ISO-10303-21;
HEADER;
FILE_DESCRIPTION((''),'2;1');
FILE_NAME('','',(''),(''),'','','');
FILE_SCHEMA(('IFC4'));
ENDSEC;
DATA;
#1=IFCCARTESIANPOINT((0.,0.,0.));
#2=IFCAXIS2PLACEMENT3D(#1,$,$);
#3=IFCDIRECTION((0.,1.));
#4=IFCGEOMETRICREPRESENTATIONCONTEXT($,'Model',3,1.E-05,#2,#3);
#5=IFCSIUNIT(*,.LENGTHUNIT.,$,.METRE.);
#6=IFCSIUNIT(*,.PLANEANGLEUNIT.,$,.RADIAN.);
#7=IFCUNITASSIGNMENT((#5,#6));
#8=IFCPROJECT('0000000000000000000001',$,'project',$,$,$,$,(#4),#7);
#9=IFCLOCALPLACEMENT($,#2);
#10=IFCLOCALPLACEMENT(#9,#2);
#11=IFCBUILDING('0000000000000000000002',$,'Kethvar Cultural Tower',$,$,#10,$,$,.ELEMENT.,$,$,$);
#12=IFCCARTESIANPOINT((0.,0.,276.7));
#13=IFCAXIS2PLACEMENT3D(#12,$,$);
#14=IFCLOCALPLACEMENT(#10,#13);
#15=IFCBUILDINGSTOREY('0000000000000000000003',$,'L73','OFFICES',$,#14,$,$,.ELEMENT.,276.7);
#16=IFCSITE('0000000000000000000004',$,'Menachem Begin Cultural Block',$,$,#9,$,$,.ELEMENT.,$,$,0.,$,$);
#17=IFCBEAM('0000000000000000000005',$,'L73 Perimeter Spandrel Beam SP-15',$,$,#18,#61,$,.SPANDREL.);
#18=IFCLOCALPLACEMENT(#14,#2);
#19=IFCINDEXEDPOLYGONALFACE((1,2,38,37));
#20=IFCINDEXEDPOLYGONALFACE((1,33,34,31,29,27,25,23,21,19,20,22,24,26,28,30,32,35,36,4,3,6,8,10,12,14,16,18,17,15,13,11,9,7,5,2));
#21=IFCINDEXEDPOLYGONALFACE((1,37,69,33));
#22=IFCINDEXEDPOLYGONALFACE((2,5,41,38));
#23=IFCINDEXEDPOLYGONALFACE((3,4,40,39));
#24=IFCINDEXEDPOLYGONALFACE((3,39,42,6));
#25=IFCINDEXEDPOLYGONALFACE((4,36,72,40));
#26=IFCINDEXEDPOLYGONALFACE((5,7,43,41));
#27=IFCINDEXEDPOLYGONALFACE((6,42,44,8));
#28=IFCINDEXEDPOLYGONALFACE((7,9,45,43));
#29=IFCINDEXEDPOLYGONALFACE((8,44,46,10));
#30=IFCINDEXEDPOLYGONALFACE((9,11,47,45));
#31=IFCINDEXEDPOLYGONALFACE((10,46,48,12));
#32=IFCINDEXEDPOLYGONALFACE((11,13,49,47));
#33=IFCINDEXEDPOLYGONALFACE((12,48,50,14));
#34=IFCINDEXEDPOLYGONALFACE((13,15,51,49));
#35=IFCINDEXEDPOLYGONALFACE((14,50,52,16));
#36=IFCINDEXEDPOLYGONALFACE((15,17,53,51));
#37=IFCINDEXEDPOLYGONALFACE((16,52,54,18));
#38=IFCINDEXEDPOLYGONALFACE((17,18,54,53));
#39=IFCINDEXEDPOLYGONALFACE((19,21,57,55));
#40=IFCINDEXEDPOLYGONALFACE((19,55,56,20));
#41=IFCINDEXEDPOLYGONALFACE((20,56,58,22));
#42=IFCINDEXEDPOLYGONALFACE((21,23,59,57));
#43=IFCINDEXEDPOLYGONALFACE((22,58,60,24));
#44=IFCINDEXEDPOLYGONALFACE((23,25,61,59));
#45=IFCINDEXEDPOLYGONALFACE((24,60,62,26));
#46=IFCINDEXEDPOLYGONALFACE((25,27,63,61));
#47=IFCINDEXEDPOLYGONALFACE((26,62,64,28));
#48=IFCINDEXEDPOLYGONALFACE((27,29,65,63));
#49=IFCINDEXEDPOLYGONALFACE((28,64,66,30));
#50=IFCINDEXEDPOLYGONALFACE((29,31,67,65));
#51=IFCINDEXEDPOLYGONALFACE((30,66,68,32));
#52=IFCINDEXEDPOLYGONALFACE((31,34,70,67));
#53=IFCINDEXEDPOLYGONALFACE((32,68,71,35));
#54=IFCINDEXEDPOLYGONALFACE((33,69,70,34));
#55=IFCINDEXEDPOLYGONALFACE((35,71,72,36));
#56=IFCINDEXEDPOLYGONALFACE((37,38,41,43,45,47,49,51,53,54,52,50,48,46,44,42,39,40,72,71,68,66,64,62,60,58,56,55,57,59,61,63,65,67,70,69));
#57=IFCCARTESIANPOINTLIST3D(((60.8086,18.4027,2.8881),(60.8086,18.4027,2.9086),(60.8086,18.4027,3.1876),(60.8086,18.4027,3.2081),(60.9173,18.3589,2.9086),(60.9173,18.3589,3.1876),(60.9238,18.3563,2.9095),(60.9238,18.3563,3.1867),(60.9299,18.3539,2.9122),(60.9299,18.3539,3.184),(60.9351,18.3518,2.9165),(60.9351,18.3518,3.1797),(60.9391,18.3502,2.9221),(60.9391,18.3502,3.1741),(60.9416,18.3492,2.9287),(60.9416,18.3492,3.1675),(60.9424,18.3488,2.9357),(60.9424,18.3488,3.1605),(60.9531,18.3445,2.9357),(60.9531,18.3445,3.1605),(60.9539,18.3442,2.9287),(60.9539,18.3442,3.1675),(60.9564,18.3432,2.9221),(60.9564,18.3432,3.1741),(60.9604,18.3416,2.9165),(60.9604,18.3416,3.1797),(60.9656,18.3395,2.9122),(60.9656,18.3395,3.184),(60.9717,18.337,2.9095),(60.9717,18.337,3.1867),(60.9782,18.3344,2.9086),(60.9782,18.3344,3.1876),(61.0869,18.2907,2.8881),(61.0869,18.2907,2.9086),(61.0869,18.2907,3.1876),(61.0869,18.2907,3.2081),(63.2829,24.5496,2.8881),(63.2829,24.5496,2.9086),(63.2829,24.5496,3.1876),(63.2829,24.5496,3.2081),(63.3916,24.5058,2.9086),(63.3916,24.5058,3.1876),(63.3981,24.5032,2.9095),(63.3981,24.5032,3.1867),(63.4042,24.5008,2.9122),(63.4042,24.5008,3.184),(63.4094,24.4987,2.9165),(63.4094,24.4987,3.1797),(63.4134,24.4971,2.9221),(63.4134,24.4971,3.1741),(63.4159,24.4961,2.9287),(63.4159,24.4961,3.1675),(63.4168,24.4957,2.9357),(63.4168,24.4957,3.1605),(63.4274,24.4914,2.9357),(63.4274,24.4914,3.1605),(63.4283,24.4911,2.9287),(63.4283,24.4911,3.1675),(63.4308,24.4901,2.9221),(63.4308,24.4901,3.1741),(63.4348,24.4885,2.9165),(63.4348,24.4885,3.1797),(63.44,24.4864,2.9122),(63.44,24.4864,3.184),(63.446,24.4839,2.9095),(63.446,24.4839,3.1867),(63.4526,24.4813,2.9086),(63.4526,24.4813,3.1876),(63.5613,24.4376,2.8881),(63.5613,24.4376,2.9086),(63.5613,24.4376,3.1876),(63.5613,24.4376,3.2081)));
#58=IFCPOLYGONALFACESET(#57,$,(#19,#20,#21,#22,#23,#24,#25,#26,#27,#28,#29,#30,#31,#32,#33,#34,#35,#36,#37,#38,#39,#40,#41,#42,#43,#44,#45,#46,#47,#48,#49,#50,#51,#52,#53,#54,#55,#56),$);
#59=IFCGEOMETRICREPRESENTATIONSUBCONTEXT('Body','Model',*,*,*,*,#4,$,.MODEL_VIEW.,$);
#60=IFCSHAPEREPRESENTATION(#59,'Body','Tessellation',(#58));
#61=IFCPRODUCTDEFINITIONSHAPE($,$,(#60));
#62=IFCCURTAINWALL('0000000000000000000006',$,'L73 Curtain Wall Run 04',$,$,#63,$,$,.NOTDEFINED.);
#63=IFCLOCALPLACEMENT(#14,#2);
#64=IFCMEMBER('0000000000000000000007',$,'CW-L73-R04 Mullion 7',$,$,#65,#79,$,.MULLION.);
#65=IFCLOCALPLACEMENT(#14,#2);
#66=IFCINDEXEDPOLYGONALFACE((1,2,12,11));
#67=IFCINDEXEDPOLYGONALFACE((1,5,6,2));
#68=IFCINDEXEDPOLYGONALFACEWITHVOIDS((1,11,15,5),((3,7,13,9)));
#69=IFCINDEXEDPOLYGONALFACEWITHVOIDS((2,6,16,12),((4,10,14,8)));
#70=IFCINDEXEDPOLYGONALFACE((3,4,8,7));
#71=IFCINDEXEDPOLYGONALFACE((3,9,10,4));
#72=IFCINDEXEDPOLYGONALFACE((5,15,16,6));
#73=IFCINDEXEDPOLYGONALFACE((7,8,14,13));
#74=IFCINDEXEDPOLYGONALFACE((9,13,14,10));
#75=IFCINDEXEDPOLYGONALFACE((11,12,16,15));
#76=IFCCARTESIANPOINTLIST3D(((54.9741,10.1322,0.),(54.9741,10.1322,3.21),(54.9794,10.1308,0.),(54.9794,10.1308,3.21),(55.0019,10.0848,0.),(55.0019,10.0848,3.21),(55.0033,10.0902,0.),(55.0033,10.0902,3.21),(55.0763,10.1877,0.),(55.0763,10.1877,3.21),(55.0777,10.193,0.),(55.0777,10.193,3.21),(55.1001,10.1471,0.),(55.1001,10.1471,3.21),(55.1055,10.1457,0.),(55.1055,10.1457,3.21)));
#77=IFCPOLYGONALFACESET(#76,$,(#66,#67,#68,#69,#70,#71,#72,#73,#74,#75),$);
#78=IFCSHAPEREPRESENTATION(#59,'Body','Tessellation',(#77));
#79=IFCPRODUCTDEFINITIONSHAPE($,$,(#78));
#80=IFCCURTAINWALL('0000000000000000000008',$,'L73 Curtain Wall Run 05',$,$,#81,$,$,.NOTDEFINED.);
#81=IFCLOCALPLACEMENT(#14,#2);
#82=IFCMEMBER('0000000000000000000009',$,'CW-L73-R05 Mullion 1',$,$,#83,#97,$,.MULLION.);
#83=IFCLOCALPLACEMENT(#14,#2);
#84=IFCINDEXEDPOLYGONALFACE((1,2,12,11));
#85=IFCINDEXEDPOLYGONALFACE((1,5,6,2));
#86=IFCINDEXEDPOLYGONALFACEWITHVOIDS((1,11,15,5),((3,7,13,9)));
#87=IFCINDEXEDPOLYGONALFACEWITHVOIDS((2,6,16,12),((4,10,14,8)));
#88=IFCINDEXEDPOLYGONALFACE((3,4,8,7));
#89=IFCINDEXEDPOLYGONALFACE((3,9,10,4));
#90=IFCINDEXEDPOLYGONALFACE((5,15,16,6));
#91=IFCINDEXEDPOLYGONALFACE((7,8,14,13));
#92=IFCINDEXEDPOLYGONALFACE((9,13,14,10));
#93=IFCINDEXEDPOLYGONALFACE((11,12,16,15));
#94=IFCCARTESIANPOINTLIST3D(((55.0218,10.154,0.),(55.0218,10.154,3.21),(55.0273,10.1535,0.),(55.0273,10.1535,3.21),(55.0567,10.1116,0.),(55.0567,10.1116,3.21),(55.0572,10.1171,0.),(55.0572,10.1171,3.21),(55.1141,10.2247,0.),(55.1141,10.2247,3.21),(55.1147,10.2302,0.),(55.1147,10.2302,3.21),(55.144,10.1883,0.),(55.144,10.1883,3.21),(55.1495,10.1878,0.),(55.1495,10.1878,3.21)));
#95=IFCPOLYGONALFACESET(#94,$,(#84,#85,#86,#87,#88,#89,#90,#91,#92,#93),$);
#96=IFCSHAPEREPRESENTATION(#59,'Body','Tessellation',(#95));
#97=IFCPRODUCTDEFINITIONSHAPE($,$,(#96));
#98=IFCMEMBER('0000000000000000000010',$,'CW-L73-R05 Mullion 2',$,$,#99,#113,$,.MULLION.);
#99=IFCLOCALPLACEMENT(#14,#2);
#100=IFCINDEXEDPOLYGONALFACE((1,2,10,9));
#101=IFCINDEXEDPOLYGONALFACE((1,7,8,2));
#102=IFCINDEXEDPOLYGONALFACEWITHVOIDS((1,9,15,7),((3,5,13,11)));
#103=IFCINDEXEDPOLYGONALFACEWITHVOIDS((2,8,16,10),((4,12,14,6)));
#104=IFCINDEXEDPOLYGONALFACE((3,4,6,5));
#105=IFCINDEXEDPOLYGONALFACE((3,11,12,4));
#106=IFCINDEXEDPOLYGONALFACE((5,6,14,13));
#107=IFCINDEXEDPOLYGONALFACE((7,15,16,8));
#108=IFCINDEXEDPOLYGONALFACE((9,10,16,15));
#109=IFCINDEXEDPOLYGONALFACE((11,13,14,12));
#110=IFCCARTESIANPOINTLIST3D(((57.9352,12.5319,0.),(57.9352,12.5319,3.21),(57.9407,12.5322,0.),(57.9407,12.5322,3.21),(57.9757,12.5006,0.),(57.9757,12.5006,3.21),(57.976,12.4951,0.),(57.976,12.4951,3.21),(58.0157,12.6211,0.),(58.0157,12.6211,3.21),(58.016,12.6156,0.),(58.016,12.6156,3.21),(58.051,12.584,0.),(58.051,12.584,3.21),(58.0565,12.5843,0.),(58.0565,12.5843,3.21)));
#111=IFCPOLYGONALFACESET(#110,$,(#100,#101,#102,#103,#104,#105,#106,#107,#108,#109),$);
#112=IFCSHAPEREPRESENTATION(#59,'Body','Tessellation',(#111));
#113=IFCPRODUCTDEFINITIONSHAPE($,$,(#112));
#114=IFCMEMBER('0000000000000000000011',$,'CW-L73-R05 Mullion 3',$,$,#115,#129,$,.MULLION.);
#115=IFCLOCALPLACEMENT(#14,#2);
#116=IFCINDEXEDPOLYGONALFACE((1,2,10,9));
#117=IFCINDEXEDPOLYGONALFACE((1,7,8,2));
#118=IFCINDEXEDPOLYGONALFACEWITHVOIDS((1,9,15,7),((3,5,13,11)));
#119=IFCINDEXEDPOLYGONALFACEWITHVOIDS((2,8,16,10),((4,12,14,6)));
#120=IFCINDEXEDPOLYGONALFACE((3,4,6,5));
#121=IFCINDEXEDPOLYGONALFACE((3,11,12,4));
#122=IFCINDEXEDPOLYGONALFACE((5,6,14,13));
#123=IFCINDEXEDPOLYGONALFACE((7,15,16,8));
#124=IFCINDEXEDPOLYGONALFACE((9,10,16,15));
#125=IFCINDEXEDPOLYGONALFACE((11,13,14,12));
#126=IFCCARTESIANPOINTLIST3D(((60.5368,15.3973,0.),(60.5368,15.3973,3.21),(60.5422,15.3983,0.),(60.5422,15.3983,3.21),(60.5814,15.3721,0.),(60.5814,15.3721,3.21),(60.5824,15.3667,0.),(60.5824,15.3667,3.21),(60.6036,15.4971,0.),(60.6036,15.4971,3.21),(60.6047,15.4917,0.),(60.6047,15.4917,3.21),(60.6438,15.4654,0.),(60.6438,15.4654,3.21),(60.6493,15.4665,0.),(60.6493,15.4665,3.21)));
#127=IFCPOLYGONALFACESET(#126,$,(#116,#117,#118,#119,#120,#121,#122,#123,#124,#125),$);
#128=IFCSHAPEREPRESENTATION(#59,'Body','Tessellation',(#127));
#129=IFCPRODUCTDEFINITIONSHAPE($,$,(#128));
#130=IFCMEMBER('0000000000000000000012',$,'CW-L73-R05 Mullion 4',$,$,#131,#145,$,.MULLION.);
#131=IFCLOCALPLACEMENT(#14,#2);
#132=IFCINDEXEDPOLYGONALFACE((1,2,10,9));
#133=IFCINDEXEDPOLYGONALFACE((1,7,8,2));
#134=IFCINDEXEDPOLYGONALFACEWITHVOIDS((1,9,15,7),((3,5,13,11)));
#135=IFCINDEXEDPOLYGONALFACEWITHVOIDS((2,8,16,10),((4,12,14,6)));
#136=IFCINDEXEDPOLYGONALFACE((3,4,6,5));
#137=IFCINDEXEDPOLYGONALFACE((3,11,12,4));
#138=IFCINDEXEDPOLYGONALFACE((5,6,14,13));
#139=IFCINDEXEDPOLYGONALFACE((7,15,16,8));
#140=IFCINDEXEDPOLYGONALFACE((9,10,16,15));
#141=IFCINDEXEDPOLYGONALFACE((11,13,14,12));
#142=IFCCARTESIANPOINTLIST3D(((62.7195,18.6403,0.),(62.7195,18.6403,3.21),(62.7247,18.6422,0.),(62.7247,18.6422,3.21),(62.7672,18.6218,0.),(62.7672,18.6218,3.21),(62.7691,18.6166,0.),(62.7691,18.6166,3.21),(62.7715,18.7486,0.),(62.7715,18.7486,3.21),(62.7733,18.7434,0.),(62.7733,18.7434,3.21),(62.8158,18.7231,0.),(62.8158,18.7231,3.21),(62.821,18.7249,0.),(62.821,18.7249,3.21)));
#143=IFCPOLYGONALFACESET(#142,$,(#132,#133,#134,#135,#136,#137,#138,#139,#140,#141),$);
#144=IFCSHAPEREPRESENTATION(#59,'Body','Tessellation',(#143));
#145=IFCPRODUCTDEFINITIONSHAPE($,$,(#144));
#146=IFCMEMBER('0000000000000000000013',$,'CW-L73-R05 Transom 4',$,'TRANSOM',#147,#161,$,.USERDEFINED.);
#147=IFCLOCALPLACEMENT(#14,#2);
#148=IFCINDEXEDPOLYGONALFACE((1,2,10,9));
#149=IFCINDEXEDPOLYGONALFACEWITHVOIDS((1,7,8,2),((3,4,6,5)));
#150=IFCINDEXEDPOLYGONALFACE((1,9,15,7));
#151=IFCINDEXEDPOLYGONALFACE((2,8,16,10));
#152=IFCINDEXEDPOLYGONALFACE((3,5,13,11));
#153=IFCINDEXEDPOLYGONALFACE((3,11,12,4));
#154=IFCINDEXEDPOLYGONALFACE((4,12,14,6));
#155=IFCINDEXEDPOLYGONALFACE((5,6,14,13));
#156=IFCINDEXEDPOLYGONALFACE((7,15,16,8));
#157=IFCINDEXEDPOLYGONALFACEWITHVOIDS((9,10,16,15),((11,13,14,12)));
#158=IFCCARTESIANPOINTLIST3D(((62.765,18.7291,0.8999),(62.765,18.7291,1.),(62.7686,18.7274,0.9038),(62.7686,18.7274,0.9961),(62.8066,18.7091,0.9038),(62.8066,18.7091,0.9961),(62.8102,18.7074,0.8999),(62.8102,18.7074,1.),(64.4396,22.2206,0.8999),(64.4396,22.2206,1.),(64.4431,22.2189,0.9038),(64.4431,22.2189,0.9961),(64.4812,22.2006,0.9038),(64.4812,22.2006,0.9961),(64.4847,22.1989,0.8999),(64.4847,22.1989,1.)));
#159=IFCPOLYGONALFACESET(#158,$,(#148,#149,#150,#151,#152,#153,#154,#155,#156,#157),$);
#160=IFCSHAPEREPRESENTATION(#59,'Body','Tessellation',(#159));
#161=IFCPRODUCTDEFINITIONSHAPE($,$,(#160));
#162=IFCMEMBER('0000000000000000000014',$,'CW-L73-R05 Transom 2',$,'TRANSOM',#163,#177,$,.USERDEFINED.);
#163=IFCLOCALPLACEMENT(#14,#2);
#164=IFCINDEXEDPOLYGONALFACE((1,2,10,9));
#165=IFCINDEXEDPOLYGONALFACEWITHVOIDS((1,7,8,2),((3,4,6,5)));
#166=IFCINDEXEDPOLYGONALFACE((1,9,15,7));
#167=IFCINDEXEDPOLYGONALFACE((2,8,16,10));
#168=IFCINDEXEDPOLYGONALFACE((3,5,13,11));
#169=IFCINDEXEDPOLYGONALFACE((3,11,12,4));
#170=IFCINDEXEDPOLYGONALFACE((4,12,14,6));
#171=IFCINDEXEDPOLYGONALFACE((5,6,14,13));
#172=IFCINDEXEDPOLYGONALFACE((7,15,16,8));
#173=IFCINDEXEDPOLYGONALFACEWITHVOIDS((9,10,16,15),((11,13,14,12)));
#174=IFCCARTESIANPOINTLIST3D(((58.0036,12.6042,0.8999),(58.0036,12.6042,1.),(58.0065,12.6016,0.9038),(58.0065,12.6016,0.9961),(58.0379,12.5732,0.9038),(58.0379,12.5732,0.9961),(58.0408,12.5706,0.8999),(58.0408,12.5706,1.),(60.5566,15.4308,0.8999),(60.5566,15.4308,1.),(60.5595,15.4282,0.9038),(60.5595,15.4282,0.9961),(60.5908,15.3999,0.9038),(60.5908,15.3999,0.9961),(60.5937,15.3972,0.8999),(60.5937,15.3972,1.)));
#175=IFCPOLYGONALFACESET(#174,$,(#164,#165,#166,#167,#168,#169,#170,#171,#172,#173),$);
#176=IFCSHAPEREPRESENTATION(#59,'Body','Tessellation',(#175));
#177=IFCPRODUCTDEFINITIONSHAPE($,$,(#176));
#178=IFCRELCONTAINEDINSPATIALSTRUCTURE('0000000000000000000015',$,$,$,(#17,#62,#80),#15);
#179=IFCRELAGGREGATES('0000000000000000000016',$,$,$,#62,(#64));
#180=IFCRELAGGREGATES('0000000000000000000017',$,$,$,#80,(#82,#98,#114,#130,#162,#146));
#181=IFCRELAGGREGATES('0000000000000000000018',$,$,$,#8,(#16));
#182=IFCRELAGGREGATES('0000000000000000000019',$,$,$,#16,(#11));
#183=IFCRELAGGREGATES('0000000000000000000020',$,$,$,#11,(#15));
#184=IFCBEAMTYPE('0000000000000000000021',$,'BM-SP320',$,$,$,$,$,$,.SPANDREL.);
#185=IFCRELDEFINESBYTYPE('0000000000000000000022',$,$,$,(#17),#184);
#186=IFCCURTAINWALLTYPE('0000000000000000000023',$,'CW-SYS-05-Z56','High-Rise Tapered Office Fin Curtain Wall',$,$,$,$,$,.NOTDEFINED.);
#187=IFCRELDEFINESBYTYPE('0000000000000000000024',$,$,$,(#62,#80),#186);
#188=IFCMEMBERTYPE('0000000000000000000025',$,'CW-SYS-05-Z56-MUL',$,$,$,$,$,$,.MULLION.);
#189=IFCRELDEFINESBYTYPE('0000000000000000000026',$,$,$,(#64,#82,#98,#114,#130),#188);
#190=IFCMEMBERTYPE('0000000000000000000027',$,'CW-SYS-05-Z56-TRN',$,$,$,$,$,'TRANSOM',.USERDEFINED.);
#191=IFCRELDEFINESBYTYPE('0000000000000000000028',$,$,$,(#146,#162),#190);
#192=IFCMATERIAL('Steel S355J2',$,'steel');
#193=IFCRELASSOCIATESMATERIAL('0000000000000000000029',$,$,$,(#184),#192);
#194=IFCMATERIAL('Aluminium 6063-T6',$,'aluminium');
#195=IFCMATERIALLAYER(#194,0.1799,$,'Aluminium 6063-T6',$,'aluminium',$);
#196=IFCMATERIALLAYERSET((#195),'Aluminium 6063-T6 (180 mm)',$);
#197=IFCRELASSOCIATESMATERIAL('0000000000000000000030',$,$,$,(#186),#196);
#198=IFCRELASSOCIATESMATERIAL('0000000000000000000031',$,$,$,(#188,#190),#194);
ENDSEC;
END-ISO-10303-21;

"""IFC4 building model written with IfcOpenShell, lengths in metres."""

from ifc_helpers import new_model, si_unit, direction, frame, origin, origin_2d, place, context, subcontext, project, spatial, hollow_rectangle, i_section, extrude, source, transform, mapped, material, layer, layer_set, material_profile, profile_set, type_object, element, aggregate, save


model = new_model("IFC4")

# Units and contexts
model_context = context("Model", 3, precision=1e-05, world=origin(), true_north=direction((0.0, 1.0)))
body_context = subcontext(model_context, "Body", "Model", "MODEL_VIEW")
ifc_project = project(units=[si_unit("LENGTHUNIT", "METRE"), si_unit("PLANEANGLEUNIT", "RADIAN")], contexts=[model_context])

# Site, building, storey
site_placement = place(None, origin())
site = spatial("IfcSite", under=ifc_project, at=site_placement, Name="Menachem Begin Cultural Block", CompositionType="ELEMENT", RefElevation=0.0)
building_placement = place(site_placement, origin())
building = spatial("IfcBuilding", under=site, at=building_placement, Name="Kethvar Cultural Tower", CompositionType="ELEMENT")
storey_placement = place(building_placement, frame((0.0, 0.0, 276.7)))
storey = spatial("IfcBuildingStorey", under=building, at=storey_placement, Name="L73", Description="OFFICES", CompositionType="ELEMENT", Elevation=276.7)

# Beam
ifc_material_1 = material(Name="Steel S355J2", Category="steel")
ifc_material_profile_1 = material_profile(ifc_material_1, i_section(OverallWidth=0.3, OverallDepth=0.3201, WebThickness=0.0115, FlangeThickness=0.0205, FilletRadius=0.0271, at=origin_2d()), Name="Steel S355J2 — HEB320")
ifc_profile_set_1 = profile_set([ifc_material_profile_1], Name="Steel S355J2 — HEB320")
beam_type_1 = type_object("IfcBeamType", Name="BM-SP320", PredefinedType="SPANDREL", material=ifc_profile_set_1)
shared_shape_1 = source(origin(), body_context, "Body", "SweptSolid", [
    extrude(i_section(OverallWidth=0.3, OverallDepth=0.3201, WebThickness=0.0115, FlangeThickness=0.0205, FilletRadius=0.0271, at=origin_2d()), origin(), (0.0, 0.0, 1.0), 6.6262),
])
beam_1_placement = place(storey_placement, frame((60.9478, 18.3467, 3.0481), z_axis=(0.373416, 0.927664, 0.0), x_axis=(-0.927664, 0.373416, 0.0)))
element("IfcBeam", 1, at=beam_1_placement, inside=storey, type_object=beam_type_1, Name="L73 Perimeter Spandrel Beam SP-15", PredefinedType="SPANDREL", context=body_context, shape_type="MappedRepresentation", body=[
    mapped(shared_shape_1, transform((0.0, 0.0, 0.0), scale=1.0)),
])

# Curtain wall, member
ifc_material_2 = material(Name="Aluminium 6063-T6", Category="aluminium")
ifc_layer_1 = layer(ifc_material_2, 0.1799, Name="Aluminium 6063-T6", Category="aluminium")
ifc_layer_set_1 = layer_set([ifc_layer_1], Name="Aluminium 6063-T6 (180 mm)")
curtain_wall_type = type_object("IfcCurtainWallType", Name="CW-SYS-05-Z56", Description="High-Rise Tapered Office Fin Curtain Wall", PredefinedType="NOTDEFINED", material=ifc_layer_set_1)
curtain_wall_1_placement = place(storey_placement, origin())
curtain_wall_1 = element("IfcCurtainWall", 2, at=curtain_wall_1_placement, inside=storey, type_object=curtain_wall_type, Name="L73 Curtain Wall Run 04", PredefinedType="NOTDEFINED")
ifc_material_profile_2 = material_profile(ifc_material_2, hollow_rectangle(XDim=0.0549, YDim=0.1201, WallThickness=0.0039, at=origin_2d()), Name="Aluminium 6063-T6 — RHS120x55x4")
ifc_profile_set_2 = profile_set([ifc_material_profile_2], Name="Aluminium 6063-T6 — RHS120x55x4")
member_type_1 = type_object("IfcMemberType", Name="CW-SYS-05-Z56-MUL", PredefinedType="MULLION", material=ifc_profile_set_2)
shared_shape_2 = source(origin(), body_context, "Body", "SweptSolid", [
    extrude(hollow_rectangle(XDim=0.0549, YDim=0.1201, WallThickness=0.0039, at=origin_2d()), origin(), (0.0, 0.0, 1.0), 3.21),
])
member_1_placement = place(storey_placement, frame((55.0398, 10.1389, 0.0), z_axis=(0.0, 0.0, 1.0), x_axis=(-0.506696, 0.862125, 0.0)))
member_1 = element("IfcMember", 3, at=member_1_placement, type_object=member_type_1, Name="CW-L73-R04 Mullion 7", PredefinedType="MULLION", context=body_context, shape_type="MappedRepresentation", body=[
    mapped(shared_shape_2, transform((0.0, 0.0, 0.0), scale=1.0)),
])
aggregate(curtain_wall_1, [member_1])

# Curtain wall, members
curtain_wall_2_placement = place(storey_placement, origin())
curtain_wall_2 = element("IfcCurtainWall", 4, at=curtain_wall_2_placement, inside=storey, type_object=curtain_wall_type, Name="L73 Curtain Wall Run 05", PredefinedType="NOTDEFINED")
member_2_placement = place(storey_placement, frame((55.0857, 10.1709, 0.0), z_axis=(0.0, 0.0, 1.0), x_axis=(-0.634447, 0.772966, 0.0)))
member_2 = element("IfcMember", 5, at=member_2_placement, type_object=member_type_1, Name="CW-L73-R05 Mullion 1", PredefinedType="MULLION", context=body_context, shape_type="MappedRepresentation", body=[
    mapped(shared_shape_2, transform((0.0, 0.0, 0.0), scale=1.0)),
])
member_3_placement = place(storey_placement, frame((57.9958, 12.5581, 0.0), z_axis=(0.0, 0.0, 1.0), x_axis=(-0.742116, 0.670271, 0.0)))
member_3 = element("IfcMember", 6, at=member_3_placement, type_object=member_type_1, Name="CW-L73-R05 Mullion 2", PredefinedType="MULLION", context=body_context, shape_type="MappedRepresentation", body=[
    mapped(shared_shape_2, transform((0.0, 0.0, 0.0), scale=1.0)),
])
member_4_placement = place(storey_placement, frame((60.593, 15.4319, 0.0), z_axis=(0.0, 0.0, 1.0), x_axis=(-0.830965, 0.556325, 0.0)))
member_4 = element("IfcMember", 7, at=member_4_placement, type_object=member_type_1, Name="CW-L73-R05 Mullion 3", PredefinedType="MULLION", context=body_context, shape_type="MappedRepresentation", body=[
    mapped(shared_shape_2, transform((0.0, 0.0, 0.0), scale=1.0)),
])
member_5_placement = place(storey_placement, frame((62.7703, 18.6826, 0.0), z_axis=(0.0, 0.0, 1.0), x_axis=(-0.901659, 0.432448, 0.0)))
member_5 = element("IfcMember", 8, at=member_5_placement, type_object=member_type_1, Name="CW-L73-R05 Mullion 4", PredefinedType="MULLION", context=body_context, shape_type="MappedRepresentation", body=[
    mapped(shared_shape_2, transform((0.0, 0.0, 0.0), scale=1.0)),
])
ifc_material_profile_3 = material_profile(ifc_material_2, hollow_rectangle(XDim=0.05, YDim=0.1001, WallThickness=0.0039, at=origin_2d()), Name="Aluminium 6063-T6 — RHS100x50x4")
ifc_profile_set_3 = profile_set([ifc_material_profile_3], Name="Aluminium 6063-T6 — RHS100x50x4")
member_type_2 = type_object("IfcMemberType", Name="CW-SYS-05-Z56-TRN", ElementType="TRANSOM", PredefinedType="USERDEFINED", material=ifc_profile_set_3)
shared_shape_3 = source(origin(), body_context, "Body", "SweptSolid", [
    extrude(hollow_rectangle(XDim=0.05, YDim=0.1001, WallThickness=0.0039, at=origin_2d()), origin(), (0.0, 0.0, 1.0), 3.8723),
])
member_6_placement = place(storey_placement, frame((62.7876, 18.7183, 0.95), z_axis=(0.43245, 0.901658, 0.0), x_axis=(-0.901658, 0.43245, 0.0)))
member_6 = element("IfcMember", 9, at=member_6_placement, type_object=member_type_2, Name="CW-L73-R05 Transom 4", ObjectType="TRANSOM", PredefinedType="USERDEFINED", context=body_context, shape_type="MappedRepresentation", body=[
    mapped(shared_shape_3, transform((0.0, 0.0, 0.0), scale=1.0)),
])
shared_shape_4 = source(origin(), body_context, "Body", "SweptSolid", [
    extrude(hollow_rectangle(XDim=0.05, YDim=0.1001, WallThickness=0.0039, at=origin_2d()), origin(), (0.0, 0.0, 1.0), 3.8088),
])
member_7_placement = place(storey_placement, frame((58.0222, 12.5874, 0.95), z_axis=(0.670267, 0.74212, 0.0), x_axis=(-0.74212, 0.670267, 0.0)))
member_7 = element("IfcMember", 10, at=member_7_placement, type_object=member_type_2, Name="CW-L73-R05 Transom 2", ObjectType="TRANSOM", PredefinedType="USERDEFINED", context=body_context, shape_type="MappedRepresentation", body=[
    mapped(shared_shape_4, transform((0.0, 0.0, 0.0), scale=1.0)),
])
aggregate(curtain_wall_2, [member_2, member_3, member_4, member_5, member_7, member_6])

save(model, "model.ifc")
